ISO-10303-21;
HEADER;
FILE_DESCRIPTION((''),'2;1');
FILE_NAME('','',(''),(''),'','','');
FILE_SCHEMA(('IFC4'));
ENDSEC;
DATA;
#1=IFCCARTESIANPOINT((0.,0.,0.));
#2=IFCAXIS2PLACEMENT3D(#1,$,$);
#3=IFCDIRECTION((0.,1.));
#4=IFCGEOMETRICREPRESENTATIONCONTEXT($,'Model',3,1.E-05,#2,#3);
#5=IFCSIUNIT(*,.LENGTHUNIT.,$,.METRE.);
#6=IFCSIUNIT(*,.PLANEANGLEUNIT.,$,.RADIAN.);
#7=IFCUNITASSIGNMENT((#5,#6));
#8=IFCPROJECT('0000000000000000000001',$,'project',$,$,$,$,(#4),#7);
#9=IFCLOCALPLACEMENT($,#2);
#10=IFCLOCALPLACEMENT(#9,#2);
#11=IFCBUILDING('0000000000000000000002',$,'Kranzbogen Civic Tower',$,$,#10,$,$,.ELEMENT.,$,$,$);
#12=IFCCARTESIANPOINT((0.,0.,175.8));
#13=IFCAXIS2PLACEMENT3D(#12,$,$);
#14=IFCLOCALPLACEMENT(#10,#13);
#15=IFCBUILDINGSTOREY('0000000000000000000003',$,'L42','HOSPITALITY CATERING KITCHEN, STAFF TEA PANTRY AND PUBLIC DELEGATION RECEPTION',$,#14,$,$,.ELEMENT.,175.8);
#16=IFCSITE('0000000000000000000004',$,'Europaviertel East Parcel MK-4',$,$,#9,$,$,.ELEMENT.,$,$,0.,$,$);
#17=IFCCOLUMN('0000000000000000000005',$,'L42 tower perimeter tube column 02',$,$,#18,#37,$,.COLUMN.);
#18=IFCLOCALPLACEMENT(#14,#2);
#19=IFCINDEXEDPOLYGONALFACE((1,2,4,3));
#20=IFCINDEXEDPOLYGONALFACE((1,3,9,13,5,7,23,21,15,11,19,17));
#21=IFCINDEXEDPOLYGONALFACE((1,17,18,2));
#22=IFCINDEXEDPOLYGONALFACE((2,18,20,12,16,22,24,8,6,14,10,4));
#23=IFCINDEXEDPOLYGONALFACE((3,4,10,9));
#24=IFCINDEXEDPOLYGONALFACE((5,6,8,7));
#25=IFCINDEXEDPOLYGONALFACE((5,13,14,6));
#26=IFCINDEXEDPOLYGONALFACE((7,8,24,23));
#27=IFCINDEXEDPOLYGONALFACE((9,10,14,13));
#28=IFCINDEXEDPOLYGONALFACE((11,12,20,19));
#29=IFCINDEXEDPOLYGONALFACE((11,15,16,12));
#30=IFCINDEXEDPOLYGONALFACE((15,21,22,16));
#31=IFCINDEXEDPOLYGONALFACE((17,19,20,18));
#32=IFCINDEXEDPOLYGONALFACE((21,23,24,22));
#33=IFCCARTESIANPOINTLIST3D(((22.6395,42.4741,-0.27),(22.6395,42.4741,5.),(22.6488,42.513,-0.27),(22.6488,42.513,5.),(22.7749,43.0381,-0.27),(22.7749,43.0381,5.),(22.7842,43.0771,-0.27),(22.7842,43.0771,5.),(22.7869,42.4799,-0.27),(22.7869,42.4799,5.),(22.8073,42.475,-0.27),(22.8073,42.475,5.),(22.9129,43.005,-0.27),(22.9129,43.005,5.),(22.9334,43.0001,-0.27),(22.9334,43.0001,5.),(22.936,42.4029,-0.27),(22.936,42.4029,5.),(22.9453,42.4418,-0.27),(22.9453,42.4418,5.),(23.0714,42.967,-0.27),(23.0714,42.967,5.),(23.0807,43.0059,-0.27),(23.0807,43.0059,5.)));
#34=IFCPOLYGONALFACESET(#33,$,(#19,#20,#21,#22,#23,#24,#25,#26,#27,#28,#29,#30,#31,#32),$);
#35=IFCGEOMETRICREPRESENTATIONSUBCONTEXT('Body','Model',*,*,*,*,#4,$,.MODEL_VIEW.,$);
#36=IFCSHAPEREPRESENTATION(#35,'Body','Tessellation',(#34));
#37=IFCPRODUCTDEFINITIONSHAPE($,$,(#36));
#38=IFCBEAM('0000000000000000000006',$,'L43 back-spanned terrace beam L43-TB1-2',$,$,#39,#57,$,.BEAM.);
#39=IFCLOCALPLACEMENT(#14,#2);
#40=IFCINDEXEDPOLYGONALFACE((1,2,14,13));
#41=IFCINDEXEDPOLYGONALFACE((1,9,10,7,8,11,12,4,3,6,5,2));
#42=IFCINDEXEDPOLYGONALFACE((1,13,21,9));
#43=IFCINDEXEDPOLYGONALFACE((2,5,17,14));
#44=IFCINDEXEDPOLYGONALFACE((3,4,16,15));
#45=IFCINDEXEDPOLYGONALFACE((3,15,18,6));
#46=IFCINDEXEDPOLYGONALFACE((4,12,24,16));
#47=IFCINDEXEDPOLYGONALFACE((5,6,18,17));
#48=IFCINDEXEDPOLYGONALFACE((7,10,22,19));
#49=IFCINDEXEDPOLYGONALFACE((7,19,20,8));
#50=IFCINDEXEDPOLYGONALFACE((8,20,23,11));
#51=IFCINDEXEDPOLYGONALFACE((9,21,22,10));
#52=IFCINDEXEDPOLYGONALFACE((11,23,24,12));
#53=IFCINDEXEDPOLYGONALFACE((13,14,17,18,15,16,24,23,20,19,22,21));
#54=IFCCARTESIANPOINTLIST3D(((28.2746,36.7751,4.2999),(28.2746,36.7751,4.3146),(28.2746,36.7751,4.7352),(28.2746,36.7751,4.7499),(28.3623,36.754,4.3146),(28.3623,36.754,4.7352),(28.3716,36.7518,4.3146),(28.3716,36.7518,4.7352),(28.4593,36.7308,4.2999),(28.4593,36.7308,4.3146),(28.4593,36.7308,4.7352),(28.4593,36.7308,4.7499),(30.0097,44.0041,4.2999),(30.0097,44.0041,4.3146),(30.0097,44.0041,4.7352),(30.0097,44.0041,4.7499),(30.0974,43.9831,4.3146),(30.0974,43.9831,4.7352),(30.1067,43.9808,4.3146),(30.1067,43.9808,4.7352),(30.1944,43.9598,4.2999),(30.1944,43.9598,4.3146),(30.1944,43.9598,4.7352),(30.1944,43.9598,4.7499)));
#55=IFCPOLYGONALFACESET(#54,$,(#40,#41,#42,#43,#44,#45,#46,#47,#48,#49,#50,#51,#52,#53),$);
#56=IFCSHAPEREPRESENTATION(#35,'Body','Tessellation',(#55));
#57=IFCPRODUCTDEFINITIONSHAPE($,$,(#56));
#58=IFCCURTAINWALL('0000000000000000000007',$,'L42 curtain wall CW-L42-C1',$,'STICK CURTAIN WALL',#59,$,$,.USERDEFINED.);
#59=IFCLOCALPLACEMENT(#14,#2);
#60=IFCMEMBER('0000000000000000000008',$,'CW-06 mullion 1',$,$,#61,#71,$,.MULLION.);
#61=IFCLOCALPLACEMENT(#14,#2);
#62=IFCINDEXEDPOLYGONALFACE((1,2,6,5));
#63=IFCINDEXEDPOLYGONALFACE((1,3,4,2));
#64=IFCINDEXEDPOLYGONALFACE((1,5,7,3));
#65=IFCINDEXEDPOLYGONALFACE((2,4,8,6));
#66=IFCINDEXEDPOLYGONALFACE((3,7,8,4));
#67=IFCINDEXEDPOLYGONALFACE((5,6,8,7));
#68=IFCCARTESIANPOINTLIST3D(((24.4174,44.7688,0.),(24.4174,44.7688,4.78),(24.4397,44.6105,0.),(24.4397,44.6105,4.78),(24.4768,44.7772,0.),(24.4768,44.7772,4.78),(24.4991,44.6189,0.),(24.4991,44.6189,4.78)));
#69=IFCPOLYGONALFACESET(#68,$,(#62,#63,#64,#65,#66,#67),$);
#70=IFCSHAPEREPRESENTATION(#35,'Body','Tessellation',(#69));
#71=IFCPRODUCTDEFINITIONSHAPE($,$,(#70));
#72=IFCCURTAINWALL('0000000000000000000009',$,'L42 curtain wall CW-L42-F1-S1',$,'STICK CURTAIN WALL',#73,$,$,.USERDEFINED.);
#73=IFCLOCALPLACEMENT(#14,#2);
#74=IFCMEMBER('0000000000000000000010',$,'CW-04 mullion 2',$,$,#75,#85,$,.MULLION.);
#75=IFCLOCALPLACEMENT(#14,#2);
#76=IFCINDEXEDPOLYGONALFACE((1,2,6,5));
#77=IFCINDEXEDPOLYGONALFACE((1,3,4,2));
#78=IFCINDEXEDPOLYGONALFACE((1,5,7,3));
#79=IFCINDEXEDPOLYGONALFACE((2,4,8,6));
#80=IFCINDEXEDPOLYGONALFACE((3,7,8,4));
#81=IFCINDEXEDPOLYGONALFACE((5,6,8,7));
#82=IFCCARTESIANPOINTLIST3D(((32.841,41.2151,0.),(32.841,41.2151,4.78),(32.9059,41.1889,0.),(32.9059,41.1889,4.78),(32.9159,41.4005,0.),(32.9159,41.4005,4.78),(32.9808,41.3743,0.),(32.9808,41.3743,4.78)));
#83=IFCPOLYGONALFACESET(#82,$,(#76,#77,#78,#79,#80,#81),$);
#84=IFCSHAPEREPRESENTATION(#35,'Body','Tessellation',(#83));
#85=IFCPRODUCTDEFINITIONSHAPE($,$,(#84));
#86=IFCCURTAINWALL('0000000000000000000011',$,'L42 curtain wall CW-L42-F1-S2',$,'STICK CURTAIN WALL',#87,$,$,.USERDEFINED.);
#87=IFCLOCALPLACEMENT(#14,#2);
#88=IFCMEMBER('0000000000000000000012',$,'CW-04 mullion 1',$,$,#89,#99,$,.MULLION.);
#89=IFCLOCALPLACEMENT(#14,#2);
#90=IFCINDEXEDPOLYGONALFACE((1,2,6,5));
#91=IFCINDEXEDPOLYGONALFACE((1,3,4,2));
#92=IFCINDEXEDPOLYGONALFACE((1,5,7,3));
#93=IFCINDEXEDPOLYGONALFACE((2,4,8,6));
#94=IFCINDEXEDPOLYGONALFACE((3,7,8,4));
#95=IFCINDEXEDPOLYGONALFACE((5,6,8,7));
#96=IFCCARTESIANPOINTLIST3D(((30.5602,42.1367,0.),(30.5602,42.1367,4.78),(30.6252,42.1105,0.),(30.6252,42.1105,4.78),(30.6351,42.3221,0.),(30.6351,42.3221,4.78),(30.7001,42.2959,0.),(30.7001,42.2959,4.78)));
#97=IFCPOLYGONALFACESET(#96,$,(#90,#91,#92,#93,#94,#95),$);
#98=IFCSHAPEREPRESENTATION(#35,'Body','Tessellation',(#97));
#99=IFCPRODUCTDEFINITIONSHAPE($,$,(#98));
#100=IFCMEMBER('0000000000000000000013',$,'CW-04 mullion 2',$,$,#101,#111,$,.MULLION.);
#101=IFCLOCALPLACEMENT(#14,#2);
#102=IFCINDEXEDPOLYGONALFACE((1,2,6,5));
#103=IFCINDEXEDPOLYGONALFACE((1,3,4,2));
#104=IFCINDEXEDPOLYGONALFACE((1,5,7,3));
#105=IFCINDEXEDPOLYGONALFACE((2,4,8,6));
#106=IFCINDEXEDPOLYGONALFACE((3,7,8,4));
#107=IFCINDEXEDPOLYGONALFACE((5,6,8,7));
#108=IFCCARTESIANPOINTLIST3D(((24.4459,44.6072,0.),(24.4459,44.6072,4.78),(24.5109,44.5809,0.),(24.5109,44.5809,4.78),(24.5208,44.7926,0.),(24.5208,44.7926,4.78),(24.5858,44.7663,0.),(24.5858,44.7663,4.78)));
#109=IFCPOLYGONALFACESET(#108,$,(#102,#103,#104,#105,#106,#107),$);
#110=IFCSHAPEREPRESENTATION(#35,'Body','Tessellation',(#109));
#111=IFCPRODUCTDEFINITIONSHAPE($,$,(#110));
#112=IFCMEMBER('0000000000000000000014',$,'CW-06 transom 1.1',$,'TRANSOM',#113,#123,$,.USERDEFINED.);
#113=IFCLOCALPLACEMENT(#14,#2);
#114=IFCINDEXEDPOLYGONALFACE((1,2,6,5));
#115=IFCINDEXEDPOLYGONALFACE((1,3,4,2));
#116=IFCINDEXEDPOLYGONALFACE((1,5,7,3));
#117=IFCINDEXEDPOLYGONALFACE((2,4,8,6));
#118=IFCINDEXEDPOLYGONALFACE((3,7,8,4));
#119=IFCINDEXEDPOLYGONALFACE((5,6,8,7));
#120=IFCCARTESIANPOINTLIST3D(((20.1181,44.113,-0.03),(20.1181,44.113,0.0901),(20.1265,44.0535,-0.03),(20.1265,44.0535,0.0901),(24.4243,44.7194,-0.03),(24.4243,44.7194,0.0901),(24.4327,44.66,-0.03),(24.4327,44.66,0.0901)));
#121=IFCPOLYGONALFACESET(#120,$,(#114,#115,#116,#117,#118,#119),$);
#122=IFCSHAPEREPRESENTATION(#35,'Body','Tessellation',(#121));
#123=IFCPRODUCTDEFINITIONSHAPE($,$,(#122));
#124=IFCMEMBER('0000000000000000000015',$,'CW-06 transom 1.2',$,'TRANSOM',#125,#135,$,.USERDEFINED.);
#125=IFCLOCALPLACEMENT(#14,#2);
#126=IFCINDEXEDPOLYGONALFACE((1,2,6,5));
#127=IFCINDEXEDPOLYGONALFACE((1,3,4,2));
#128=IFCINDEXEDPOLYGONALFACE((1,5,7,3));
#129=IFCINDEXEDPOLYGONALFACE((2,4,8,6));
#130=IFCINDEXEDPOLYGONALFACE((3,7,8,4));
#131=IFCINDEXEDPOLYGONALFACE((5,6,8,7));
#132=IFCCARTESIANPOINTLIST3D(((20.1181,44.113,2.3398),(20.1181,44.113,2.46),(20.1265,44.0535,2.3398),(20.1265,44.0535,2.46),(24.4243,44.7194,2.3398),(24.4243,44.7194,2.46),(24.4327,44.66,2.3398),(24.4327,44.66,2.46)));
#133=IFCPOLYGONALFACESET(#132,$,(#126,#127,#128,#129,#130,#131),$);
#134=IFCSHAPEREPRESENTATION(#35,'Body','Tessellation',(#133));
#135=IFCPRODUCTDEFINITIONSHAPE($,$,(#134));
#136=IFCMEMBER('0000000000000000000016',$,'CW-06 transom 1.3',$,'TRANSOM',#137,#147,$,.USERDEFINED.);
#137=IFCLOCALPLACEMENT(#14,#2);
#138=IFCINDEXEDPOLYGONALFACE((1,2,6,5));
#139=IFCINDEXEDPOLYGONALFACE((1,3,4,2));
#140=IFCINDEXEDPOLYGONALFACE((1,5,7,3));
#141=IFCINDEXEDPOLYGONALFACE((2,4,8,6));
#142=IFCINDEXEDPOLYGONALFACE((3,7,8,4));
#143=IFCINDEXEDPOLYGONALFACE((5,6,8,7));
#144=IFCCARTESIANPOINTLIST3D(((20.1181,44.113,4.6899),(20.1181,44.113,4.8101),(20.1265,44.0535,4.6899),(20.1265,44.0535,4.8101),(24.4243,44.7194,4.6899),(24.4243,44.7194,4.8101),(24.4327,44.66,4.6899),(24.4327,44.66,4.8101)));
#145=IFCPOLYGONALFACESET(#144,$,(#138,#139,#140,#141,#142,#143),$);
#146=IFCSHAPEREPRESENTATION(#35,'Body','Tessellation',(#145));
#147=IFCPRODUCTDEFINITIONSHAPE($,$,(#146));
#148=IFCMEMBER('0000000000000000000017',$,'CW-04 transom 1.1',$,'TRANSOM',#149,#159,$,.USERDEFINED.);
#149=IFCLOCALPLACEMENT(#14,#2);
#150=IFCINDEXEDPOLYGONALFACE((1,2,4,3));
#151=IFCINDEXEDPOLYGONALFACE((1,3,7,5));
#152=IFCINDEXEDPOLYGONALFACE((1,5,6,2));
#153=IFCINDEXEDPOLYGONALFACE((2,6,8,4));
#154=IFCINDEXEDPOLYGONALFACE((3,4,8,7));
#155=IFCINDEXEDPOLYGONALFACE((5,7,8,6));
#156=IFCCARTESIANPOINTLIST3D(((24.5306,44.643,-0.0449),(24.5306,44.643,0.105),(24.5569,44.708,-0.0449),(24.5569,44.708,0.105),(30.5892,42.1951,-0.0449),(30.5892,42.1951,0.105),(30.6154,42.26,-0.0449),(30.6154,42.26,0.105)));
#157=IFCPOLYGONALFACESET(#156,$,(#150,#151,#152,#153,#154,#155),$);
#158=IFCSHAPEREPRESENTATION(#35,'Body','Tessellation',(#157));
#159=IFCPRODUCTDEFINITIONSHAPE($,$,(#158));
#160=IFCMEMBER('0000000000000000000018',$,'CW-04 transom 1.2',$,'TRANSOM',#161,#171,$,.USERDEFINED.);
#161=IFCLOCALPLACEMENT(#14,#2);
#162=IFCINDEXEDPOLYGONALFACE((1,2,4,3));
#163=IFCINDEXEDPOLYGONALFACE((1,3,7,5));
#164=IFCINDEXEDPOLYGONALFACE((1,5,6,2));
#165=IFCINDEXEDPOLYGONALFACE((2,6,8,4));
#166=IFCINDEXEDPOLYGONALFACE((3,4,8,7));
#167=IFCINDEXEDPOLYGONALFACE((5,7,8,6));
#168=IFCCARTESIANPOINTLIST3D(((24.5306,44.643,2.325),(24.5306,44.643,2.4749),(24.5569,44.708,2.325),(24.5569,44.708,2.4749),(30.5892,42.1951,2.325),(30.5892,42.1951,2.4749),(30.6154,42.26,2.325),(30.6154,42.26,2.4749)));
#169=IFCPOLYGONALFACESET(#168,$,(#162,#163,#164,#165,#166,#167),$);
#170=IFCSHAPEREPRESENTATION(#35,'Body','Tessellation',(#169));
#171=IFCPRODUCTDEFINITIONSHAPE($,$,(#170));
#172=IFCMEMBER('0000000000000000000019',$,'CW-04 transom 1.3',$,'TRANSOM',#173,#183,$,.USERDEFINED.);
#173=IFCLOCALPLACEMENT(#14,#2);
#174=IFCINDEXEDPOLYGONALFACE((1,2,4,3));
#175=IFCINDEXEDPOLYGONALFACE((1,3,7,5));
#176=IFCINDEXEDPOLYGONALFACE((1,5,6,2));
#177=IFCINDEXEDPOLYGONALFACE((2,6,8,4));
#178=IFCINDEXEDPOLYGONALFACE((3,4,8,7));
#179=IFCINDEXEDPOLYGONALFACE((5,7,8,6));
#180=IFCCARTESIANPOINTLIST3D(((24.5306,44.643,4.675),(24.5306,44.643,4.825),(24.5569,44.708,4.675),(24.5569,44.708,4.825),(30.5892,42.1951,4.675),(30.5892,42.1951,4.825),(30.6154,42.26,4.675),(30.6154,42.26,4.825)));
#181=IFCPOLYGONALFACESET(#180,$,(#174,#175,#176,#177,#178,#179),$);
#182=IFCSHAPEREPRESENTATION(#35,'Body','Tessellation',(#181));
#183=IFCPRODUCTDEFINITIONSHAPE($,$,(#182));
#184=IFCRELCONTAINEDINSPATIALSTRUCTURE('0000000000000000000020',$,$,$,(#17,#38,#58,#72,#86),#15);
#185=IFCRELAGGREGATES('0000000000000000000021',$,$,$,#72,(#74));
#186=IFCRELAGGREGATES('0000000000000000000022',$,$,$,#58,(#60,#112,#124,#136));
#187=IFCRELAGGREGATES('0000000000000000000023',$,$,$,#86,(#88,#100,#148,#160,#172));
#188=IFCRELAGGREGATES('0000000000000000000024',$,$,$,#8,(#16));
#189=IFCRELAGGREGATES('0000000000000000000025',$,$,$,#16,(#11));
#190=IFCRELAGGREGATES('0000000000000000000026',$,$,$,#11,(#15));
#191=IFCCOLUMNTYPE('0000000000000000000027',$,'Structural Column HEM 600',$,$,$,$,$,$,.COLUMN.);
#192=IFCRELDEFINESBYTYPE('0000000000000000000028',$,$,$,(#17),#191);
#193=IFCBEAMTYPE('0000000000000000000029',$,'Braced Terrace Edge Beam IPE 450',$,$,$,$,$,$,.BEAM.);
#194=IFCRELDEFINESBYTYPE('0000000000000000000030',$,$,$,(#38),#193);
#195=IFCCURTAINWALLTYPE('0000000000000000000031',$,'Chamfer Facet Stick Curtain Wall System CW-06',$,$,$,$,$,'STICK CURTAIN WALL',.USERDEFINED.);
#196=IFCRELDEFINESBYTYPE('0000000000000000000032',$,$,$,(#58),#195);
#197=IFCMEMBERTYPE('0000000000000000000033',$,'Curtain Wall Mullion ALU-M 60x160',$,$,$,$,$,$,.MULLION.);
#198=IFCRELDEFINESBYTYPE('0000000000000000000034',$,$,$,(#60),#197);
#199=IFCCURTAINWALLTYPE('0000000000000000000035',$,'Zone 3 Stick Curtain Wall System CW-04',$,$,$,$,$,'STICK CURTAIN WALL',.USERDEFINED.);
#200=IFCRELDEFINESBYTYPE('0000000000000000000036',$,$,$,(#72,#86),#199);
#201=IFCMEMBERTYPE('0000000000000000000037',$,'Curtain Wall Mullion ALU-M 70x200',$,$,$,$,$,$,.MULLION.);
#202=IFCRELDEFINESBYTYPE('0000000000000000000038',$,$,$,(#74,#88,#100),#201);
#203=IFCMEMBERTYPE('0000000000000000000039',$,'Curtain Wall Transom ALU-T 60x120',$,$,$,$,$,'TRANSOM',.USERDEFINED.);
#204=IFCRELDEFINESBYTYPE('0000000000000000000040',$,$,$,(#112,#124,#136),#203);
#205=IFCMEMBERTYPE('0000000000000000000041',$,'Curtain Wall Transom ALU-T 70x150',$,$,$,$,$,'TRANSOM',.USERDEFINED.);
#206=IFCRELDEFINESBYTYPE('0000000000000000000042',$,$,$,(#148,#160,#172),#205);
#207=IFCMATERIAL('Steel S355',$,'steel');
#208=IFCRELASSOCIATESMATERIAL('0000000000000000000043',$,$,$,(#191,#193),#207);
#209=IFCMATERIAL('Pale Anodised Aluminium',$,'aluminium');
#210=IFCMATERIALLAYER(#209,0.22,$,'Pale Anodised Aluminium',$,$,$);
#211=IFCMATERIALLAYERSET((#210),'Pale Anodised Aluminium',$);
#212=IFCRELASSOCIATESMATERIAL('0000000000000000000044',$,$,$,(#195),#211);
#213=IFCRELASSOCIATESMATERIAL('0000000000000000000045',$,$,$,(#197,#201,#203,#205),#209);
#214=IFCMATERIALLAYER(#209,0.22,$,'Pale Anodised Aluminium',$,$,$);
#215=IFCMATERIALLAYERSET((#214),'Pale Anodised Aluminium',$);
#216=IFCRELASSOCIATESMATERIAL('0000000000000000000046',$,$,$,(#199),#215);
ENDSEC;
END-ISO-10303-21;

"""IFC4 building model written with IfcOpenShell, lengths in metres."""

from ifc_helpers import new_model, si_unit, direction, frame, origin, origin_2d, place, context, subcontext, project, spatial, rectangle, i_section, extrude, material, layer, layer_set, material_profile, profile_set, type_object, element, aggregate, save


model = new_model("IFC4")

# Units and contexts
model_context = context("Model", 3, precision=1e-05, world=origin(), true_north=direction((0.0, 1.0)))
body_context = subcontext(model_context, "Body", "Model", "MODEL_VIEW")
ifc_project = project(units=[si_unit("LENGTHUNIT", "METRE"), si_unit("PLANEANGLEUNIT", "RADIAN")], contexts=[model_context])

# Site, building, storey
site_placement = place(None, origin())
site = spatial("IfcSite", under=ifc_project, at=site_placement, Name="Europaviertel East Parcel MK-4", CompositionType="ELEMENT", RefElevation=0.0)
building_placement = place(site_placement, origin())
building = spatial("IfcBuilding", under=site, at=building_placement, Name="Kranzbogen Civic Tower", CompositionType="ELEMENT")
storey_placement = place(building_placement, frame((0.0, 0.0, 175.8)))
storey = spatial("IfcBuildingStorey", under=building, at=storey_placement, Name="L42", Description="HOSPITALITY CATERING KITCHEN, STAFF TEA PANTRY AND PUBLIC DELEGATION RECEPTION", CompositionType="ELEMENT", Elevation=175.8)

# Column
ifc_material_1 = material(Name="Steel S355", Category="steel")
ifc_material_profile_1 = material_profile(ifc_material_1, i_section(OverallWidth=0.3049, OverallDepth=0.6201, WebThickness=0.021, FlangeThickness=0.04, at=origin_2d()), Name="HEM 600")
ifc_profile_set_1 = profile_set([ifc_material_profile_1], Name="Steel S355")
column_type = type_object("IfcColumnType", Name="Structural Column HEM 600", PredefinedType="COLUMN", material=ifc_profile_set_1)
column_placement = place(storey_placement, frame((22.8601, 42.74, -0.27), z_axis=(0.0, 0.0, 1.0), x_axis=(-0.97237, 0.233445, 0.0)))
element("IfcColumn", 1, at=column_placement, inside=storey, type_object=column_type, Name="L42 tower perimeter tube column 02", PredefinedType="COLUMN", context=body_context, shape_type="SweptSolid", body=[
    extrude(i_section(OverallWidth=0.3049, OverallDepth=0.6201, WebThickness=0.021, FlangeThickness=0.04, at=origin_2d()), origin(), (0.0, 0.0, 1.0), 5.27),
])

# Beam
ifc_material_profile_2 = material_profile(ifc_material_1, i_section(OverallWidth=0.1899, OverallDepth=0.45, WebThickness=0.0095, FlangeThickness=0.0146, at=origin_2d()), Name="IPE 450")
ifc_profile_set_2 = profile_set([ifc_material_profile_2], Name="Steel S355")
beam_type_1 = type_object("IfcBeamType", Name="Braced Terrace Edge Beam IPE 450", PredefinedType="BEAM", material=ifc_profile_set_2)
beam_1_placement = place(storey_placement, frame((28.3669, 36.7529, 4.5249), z_axis=(0.233392, 0.972383, 0.0), x_axis=(-0.972383, 0.233392, 0.0)))
element("IfcBeam", 2, at=beam_1_placement, inside=storey, type_object=beam_type_1, Name="L43 back-spanned terrace beam L43-TB1-2", PredefinedType="BEAM", context=body_context, shape_type="SweptSolid", body=[
    extrude(i_section(OverallWidth=0.1899, OverallDepth=0.45, WebThickness=0.0095, FlangeThickness=0.0146, at=origin_2d()), origin(), (0.0, 0.0, 1.0), 7.4343),
])

# Curtain walls, members
ifc_material_2 = material(Name="Pale Anodised Aluminium", Category="aluminium")
ifc_layer_1 = layer(ifc_material_2, 0.22, Name="Pale Anodised Aluminium")
ifc_layer_set_1 = layer_set([ifc_layer_1], Name="Pale Anodised Aluminium")
curtain_wall_type_1 = type_object("IfcCurtainWallType", Name="Chamfer Facet Stick Curtain Wall System CW-06", ElementType="STICK CURTAIN WALL", PredefinedType="USERDEFINED", material=ifc_layer_set_1)
curtain_wall_1_placement = place(storey_placement, origin())
curtain_wall_1 = element("IfcCurtainWall", 3, at=curtain_wall_1_placement, inside=storey, type_object=curtain_wall_type_1, Name="L42 curtain wall CW-L42-C1", ObjectType="STICK CURTAIN WALL", PredefinedType="USERDEFINED")
ifc_material_profile_3 = material_profile(ifc_material_2, rectangle(XDim=0.0601, YDim=0.1599, at=origin_2d()), Name="ALU-M 60x160")
ifc_profile_set_3 = profile_set([ifc_material_profile_3], Name="Pale Anodised Aluminium")
member_type_1 = type_object("IfcMemberType", Name="Curtain Wall Mullion ALU-M 60x160", PredefinedType="MULLION", material=ifc_profile_set_3)
member_1_placement = place(storey_placement, frame((24.4583, 44.6938, 0.0), z_axis=(0.0, 0.0, 1.0), x_axis=(-0.990234, -0.139416, 0.0)))
member_1 = element("IfcMember", 4, at=member_1_placement, type_object=member_type_1, Name="CW-06 mullion 1", PredefinedType="MULLION", context=body_context, shape_type="SweptSolid", body=[
    extrude(rectangle(XDim=0.0601, YDim=0.1599, at=origin_2d()), origin(), (0.0, 0.0, 1.0), 4.78),
])
ifc_layer_2 = layer(ifc_material_2, 0.22, Name="Pale Anodised Aluminium")
ifc_layer_set_2 = layer_set([ifc_layer_2], Name="Pale Anodised Aluminium")
curtain_wall_type_2 = type_object("IfcCurtainWallType", Name="Zone 3 Stick Curtain Wall System CW-04", ElementType="STICK CURTAIN WALL", PredefinedType="USERDEFINED", material=ifc_layer_set_2)
curtain_wall_2_placement = place(storey_placement, origin())
curtain_wall_2 = element("IfcCurtainWall", 5, at=curtain_wall_2_placement, inside=storey, type_object=curtain_wall_type_2, Name="L42 curtain wall CW-L42-F1-S1", ObjectType="STICK CURTAIN WALL", PredefinedType="USERDEFINED")
ifc_material_profile_4 = material_profile(ifc_material_2, rectangle(XDim=0.0701, YDim=0.2, at=origin_2d()), Name="ALU-M 70x200")
ifc_profile_set_4 = profile_set([ifc_material_profile_4], Name="Pale Anodised Aluminium")
member_type_2 = type_object("IfcMemberType", Name="Curtain Wall Mullion ALU-M 70x200", PredefinedType="MULLION", material=ifc_profile_set_4)
member_2_placement = place(storey_placement, frame((32.9109, 41.2947, 0.0), z_axis=(0.0, 0.0, 1.0), x_axis=(-0.927207, 0.37455, 0.0)))
member_2 = element("IfcMember", 6, at=member_2_placement, type_object=member_type_2, Name="CW-04 mullion 2", PredefinedType="MULLION", context=body_context, shape_type="SweptSolid", body=[
    extrude(rectangle(XDim=0.0701, YDim=0.2, at=origin_2d()), origin(), (0.0, 0.0, 1.0), 4.78),
])
aggregate(curtain_wall_2, [member_2])

# Curtain wall, members
curtain_wall_3_placement = place(storey_placement, origin())
curtain_wall_3 = element("IfcCurtainWall", 7, at=curtain_wall_3_placement, inside=storey, type_object=curtain_wall_type_2, Name="L42 curtain wall CW-L42-F1-S2", ObjectType="STICK CURTAIN WALL", PredefinedType="USERDEFINED")
member_3_placement = place(storey_placement, frame((30.6301, 42.2163, 0.0), z_axis=(0.0, 0.0, 1.0), x_axis=(-0.927176, 0.374627, 0.0)))
member_3 = element("IfcMember", 8, at=member_3_placement, type_object=member_type_2, Name="CW-04 mullion 1", PredefinedType="MULLION", context=body_context, shape_type="SweptSolid", body=[
    extrude(rectangle(XDim=0.0701, YDim=0.2, at=origin_2d()), origin(), (0.0, 0.0, 1.0), 4.78),
])
member_4_placement = place(storey_placement, frame((24.5159, 44.6868, 0.0), z_axis=(0.0, 0.0, 1.0), x_axis=(-0.927176, 0.374627, 0.0)))
member_4 = element("IfcMember", 9, at=member_4_placement, type_object=member_type_2, Name="CW-04 mullion 2", PredefinedType="MULLION", context=body_context, shape_type="SweptSolid", body=[
    extrude(rectangle(XDim=0.0701, YDim=0.2, at=origin_2d()), origin(), (0.0, 0.0, 1.0), 4.78),
])

# Members
ifc_material_profile_5 = material_profile(ifc_material_2, rectangle(XDim=0.0601, YDim=0.1201, at=origin_2d()), Name="ALU-T 60x120")
ifc_profile_set_5 = profile_set([ifc_material_profile_5], Name="Pale Anodised Aluminium")
member_type_3 = type_object("IfcMemberType", Name="Curtain Wall Transom ALU-T 60x120", ElementType="TRANSOM", PredefinedType="USERDEFINED", material=ifc_profile_set_5)
member_5_placement = place(storey_placement, frame((24.4285, 44.6897, 0.03), z_axis=(-0.990228, -0.139456, 0.0), x_axis=(0.139456, -0.990228, 0.0)))
member_5 = element("IfcMember", 10, at=member_5_placement, type_object=member_type_3, Name="CW-06 transom 1.1", ObjectType="TRANSOM", PredefinedType="USERDEFINED", context=body_context, shape_type="SweptSolid", body=[
    extrude(rectangle(XDim=0.0601, YDim=0.1201, at=origin_2d()), origin(), (0.0, 0.0, 1.0), 4.3486),
])
member_6_placement = place(storey_placement, frame((24.4285, 44.6897, 2.3999), z_axis=(-0.990228, -0.139456, 0.0), x_axis=(0.139456, -0.990228, 0.0)))
member_6 = element("IfcMember", 11, at=member_6_placement, type_object=member_type_3, Name="CW-06 transom 1.2", ObjectType="TRANSOM", PredefinedType="USERDEFINED", context=body_context, shape_type="SweptSolid", body=[
    extrude(rectangle(XDim=0.0601, YDim=0.1201, at=origin_2d()), origin(), (0.0, 0.0, 1.0), 4.3486),
])
member_7_placement = place(storey_placement, frame((24.4285, 44.6897, 4.75), z_axis=(-0.990228, -0.139456, 0.0), x_axis=(0.139456, -0.990228, 0.0)))
member_7 = element("IfcMember", 12, at=member_7_placement, type_object=member_type_3, Name="CW-06 transom 1.3", ObjectType="TRANSOM", PredefinedType="USERDEFINED", context=body_context, shape_type="SweptSolid", body=[
    extrude(rectangle(XDim=0.0601, YDim=0.1201, at=origin_2d()), origin(), (0.0, 0.0, 1.0), 4.3486),
])
aggregate(curtain_wall_1, [member_1, member_5, member_6, member_7])
ifc_material_profile_6 = material_profile(ifc_material_2, rectangle(XDim=0.0701, YDim=0.1499, at=origin_2d()), Name="ALU-T 70x150")
ifc_profile_set_6 = profile_set([ifc_material_profile_6], Name="Pale Anodised Aluminium")
member_type_4 = type_object("IfcMemberType", Name="Curtain Wall Transom ALU-T 70x150", ElementType="TRANSOM", PredefinedType="USERDEFINED", material=ifc_profile_set_6)
member_8_placement = place(storey_placement, frame((30.6023, 42.2275, 0.03), z_axis=(-0.927175, 0.374629, 0.0), x_axis=(-0.374629, -0.927175, 0.0)))
member_8 = element("IfcMember", 13, at=member_8_placement, type_object=member_type_4, Name="CW-04 transom 1.1", ObjectType="TRANSOM", PredefinedType="USERDEFINED", context=body_context, shape_type="SweptSolid", body=[
    extrude(rectangle(XDim=0.0701, YDim=0.1499, at=origin_2d()), origin(), (0.0, 0.0, 1.0), 6.5344),
])
member_9_placement = place(storey_placement, frame((30.6023, 42.2275, 2.3999), z_axis=(-0.927175, 0.374629, 0.0), x_axis=(-0.374629, -0.927175, 0.0)))
member_9 = element("IfcMember", 14, at=member_9_placement, type_object=member_type_4, Name="CW-04 transom 1.2", ObjectType="TRANSOM", PredefinedType="USERDEFINED", context=body_context, shape_type="SweptSolid", body=[
    extrude(rectangle(XDim=0.0701, YDim=0.1499, at=origin_2d()), origin(), (0.0, 0.0, 1.0), 6.5344),
])
member_10_placement = place(storey_placement, frame((30.6023, 42.2275, 4.75), z_axis=(-0.927175, 0.374629, 0.0), x_axis=(-0.374629, -0.927175, 0.0)))
member_10 = element("IfcMember", 15, at=member_10_placement, type_object=member_type_4, Name="CW-04 transom 1.3", ObjectType="TRANSOM", PredefinedType="USERDEFINED", context=body_context, shape_type="SweptSolid", body=[
    extrude(rectangle(XDim=0.0701, YDim=0.1499, at=origin_2d()), origin(), (0.0, 0.0, 1.0), 6.5344),
])

aggregate(curtain_wall_3, [member_3, member_4, member_8, member_9, member_10])

save(model, "model.ifc")
